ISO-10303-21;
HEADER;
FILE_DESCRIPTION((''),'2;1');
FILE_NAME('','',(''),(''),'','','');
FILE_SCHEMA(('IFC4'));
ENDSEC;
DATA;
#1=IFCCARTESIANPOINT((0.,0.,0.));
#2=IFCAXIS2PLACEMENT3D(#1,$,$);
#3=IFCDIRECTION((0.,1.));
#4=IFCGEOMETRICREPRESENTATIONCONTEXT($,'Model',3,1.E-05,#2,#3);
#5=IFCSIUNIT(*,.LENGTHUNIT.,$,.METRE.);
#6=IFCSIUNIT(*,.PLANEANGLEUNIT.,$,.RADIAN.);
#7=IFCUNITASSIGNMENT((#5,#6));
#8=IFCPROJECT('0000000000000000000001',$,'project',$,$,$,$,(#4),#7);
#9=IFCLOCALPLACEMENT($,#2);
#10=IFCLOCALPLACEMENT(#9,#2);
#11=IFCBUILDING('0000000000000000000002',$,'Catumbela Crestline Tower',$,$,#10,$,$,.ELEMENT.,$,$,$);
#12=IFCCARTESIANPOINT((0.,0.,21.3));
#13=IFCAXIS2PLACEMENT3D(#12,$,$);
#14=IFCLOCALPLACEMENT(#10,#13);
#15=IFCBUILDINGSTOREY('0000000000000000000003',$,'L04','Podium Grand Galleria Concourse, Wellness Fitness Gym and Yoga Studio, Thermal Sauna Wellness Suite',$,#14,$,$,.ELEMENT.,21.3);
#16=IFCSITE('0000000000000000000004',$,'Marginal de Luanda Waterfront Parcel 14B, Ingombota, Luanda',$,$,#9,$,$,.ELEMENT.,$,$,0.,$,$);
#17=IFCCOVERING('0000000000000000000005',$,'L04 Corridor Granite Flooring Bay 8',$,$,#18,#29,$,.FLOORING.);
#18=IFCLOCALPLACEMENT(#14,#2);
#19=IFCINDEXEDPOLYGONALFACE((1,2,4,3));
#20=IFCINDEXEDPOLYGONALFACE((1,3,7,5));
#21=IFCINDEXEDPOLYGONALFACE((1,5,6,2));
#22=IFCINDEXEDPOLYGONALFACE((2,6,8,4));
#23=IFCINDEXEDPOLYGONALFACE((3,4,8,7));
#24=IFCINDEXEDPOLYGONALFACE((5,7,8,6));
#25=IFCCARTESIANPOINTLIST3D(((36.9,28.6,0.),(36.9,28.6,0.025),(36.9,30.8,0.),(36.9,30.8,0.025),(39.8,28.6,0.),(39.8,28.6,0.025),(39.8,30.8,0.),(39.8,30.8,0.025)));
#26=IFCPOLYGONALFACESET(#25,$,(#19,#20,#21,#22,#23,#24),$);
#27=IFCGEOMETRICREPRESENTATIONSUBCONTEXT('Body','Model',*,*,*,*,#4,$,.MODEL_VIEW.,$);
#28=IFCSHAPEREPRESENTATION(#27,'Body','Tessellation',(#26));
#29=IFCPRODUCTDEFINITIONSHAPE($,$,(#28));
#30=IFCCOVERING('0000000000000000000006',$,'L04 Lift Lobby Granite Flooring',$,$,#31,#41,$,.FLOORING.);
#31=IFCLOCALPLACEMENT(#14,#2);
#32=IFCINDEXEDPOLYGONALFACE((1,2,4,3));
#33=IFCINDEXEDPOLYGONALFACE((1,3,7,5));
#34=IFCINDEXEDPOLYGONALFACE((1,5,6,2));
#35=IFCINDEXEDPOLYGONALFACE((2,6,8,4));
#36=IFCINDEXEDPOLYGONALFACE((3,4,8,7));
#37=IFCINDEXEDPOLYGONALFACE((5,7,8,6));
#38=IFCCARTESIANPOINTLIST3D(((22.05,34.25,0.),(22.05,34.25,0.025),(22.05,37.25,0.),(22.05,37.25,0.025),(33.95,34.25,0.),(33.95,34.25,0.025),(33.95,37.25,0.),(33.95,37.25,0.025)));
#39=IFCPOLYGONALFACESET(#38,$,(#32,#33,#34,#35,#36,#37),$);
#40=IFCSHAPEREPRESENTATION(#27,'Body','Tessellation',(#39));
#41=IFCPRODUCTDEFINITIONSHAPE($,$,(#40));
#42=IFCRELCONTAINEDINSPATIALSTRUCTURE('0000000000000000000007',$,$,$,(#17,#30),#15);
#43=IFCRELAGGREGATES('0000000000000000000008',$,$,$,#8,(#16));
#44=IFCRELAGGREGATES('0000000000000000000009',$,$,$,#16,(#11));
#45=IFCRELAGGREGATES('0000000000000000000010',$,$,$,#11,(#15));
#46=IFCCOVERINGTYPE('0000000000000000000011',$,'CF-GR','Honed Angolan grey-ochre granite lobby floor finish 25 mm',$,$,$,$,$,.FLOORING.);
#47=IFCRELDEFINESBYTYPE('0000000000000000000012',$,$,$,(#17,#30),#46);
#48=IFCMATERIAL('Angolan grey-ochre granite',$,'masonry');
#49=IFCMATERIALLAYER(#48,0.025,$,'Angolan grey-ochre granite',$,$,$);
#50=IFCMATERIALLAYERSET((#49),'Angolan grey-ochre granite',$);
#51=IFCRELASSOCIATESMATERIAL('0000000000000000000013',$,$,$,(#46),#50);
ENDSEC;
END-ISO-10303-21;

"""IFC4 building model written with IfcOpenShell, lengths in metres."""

from ifc_helpers import new_model, si_unit, direction, frame, origin, place, context, subcontext, project, spatial, polyline, outline, extrude, material, layer, layer_set, type_object, element, save


model = new_model("IFC4")

# Units and contexts
model_context = context("Model", 3, precision=1e-05, world=origin(), true_north=direction((0.0, 1.0)))
body_context = subcontext(model_context, "Body", "Model", "MODEL_VIEW")
ifc_project = project(units=[si_unit("LENGTHUNIT", "METRE"), si_unit("PLANEANGLEUNIT", "RADIAN")], contexts=[model_context])

# Site, building, storey
site_placement = place(None, origin())
site = spatial("IfcSite", under=ifc_project, at=site_placement, Name="Marginal de Luanda Waterfront Parcel 14B, Ingombota, Luanda", CompositionType="ELEMENT", RefElevation=0.0)
building_placement = place(site_placement, origin())
building = spatial("IfcBuilding", under=site, at=building_placement, Name="Catumbela Crestline Tower", CompositionType="ELEMENT")
storey_placement = place(building_placement, frame((0.0, 0.0, 21.3)))
storey = spatial("IfcBuildingStorey", under=building, at=storey_placement, Name="L04", Description="Podium Grand Galleria Concourse, Wellness Fitness Gym and Yoga Studio, Thermal Sauna Wellness Suite", CompositionType="ELEMENT", Elevation=21.3)

# Shared definitions
ifc_material_1 = material(Name="Angolan grey-ochre granite", Category="masonry")

# Coverings
ifc_layer_1 = layer(ifc_material_1, 0.025, Name="Angolan grey-ochre granite")
ifc_layer_set_1 = layer_set([ifc_layer_1], Name="Angolan grey-ochre granite")
covering_type_1 = type_object("IfcCoveringType", Name="CF-GR", Description="Honed Angolan grey-ochre granite lobby floor finish 25 mm", PredefinedType="FLOORING", material=ifc_layer_set_1)
covering_1_placement = place(storey_placement, origin())
element("IfcCovering", 1, at=covering_1_placement, inside=storey, type_object=covering_type_1, Name="L04 Corridor Granite Flooring Bay 8", PredefinedType="FLOORING", context=body_context, shape_type="SweptSolid", body=[
    extrude(outline(polyline([(36.9, 28.6), (39.8, 28.6), (39.8, 30.8), (36.9, 30.8), (36.9, 28.6)])), origin(), (0.0, 0.0, 1.0), 0.025),
])
covering_2_placement = place(storey_placement, origin())
element("IfcCovering", 2, at=covering_2_placement, inside=storey, type_object=covering_type_1, Name="L04 Lift Lobby Granite Flooring", PredefinedType="FLOORING", context=body_context, shape_type="SweptSolid", body=[
    extrude(outline(polyline([(22.05, 34.25), (33.95, 34.25), (33.95, 37.25), (22.05, 37.25), (22.05, 34.25)])), origin(), (0.0, 0.0, 1.0), 0.025),
])

save(model, "model.ifc")
